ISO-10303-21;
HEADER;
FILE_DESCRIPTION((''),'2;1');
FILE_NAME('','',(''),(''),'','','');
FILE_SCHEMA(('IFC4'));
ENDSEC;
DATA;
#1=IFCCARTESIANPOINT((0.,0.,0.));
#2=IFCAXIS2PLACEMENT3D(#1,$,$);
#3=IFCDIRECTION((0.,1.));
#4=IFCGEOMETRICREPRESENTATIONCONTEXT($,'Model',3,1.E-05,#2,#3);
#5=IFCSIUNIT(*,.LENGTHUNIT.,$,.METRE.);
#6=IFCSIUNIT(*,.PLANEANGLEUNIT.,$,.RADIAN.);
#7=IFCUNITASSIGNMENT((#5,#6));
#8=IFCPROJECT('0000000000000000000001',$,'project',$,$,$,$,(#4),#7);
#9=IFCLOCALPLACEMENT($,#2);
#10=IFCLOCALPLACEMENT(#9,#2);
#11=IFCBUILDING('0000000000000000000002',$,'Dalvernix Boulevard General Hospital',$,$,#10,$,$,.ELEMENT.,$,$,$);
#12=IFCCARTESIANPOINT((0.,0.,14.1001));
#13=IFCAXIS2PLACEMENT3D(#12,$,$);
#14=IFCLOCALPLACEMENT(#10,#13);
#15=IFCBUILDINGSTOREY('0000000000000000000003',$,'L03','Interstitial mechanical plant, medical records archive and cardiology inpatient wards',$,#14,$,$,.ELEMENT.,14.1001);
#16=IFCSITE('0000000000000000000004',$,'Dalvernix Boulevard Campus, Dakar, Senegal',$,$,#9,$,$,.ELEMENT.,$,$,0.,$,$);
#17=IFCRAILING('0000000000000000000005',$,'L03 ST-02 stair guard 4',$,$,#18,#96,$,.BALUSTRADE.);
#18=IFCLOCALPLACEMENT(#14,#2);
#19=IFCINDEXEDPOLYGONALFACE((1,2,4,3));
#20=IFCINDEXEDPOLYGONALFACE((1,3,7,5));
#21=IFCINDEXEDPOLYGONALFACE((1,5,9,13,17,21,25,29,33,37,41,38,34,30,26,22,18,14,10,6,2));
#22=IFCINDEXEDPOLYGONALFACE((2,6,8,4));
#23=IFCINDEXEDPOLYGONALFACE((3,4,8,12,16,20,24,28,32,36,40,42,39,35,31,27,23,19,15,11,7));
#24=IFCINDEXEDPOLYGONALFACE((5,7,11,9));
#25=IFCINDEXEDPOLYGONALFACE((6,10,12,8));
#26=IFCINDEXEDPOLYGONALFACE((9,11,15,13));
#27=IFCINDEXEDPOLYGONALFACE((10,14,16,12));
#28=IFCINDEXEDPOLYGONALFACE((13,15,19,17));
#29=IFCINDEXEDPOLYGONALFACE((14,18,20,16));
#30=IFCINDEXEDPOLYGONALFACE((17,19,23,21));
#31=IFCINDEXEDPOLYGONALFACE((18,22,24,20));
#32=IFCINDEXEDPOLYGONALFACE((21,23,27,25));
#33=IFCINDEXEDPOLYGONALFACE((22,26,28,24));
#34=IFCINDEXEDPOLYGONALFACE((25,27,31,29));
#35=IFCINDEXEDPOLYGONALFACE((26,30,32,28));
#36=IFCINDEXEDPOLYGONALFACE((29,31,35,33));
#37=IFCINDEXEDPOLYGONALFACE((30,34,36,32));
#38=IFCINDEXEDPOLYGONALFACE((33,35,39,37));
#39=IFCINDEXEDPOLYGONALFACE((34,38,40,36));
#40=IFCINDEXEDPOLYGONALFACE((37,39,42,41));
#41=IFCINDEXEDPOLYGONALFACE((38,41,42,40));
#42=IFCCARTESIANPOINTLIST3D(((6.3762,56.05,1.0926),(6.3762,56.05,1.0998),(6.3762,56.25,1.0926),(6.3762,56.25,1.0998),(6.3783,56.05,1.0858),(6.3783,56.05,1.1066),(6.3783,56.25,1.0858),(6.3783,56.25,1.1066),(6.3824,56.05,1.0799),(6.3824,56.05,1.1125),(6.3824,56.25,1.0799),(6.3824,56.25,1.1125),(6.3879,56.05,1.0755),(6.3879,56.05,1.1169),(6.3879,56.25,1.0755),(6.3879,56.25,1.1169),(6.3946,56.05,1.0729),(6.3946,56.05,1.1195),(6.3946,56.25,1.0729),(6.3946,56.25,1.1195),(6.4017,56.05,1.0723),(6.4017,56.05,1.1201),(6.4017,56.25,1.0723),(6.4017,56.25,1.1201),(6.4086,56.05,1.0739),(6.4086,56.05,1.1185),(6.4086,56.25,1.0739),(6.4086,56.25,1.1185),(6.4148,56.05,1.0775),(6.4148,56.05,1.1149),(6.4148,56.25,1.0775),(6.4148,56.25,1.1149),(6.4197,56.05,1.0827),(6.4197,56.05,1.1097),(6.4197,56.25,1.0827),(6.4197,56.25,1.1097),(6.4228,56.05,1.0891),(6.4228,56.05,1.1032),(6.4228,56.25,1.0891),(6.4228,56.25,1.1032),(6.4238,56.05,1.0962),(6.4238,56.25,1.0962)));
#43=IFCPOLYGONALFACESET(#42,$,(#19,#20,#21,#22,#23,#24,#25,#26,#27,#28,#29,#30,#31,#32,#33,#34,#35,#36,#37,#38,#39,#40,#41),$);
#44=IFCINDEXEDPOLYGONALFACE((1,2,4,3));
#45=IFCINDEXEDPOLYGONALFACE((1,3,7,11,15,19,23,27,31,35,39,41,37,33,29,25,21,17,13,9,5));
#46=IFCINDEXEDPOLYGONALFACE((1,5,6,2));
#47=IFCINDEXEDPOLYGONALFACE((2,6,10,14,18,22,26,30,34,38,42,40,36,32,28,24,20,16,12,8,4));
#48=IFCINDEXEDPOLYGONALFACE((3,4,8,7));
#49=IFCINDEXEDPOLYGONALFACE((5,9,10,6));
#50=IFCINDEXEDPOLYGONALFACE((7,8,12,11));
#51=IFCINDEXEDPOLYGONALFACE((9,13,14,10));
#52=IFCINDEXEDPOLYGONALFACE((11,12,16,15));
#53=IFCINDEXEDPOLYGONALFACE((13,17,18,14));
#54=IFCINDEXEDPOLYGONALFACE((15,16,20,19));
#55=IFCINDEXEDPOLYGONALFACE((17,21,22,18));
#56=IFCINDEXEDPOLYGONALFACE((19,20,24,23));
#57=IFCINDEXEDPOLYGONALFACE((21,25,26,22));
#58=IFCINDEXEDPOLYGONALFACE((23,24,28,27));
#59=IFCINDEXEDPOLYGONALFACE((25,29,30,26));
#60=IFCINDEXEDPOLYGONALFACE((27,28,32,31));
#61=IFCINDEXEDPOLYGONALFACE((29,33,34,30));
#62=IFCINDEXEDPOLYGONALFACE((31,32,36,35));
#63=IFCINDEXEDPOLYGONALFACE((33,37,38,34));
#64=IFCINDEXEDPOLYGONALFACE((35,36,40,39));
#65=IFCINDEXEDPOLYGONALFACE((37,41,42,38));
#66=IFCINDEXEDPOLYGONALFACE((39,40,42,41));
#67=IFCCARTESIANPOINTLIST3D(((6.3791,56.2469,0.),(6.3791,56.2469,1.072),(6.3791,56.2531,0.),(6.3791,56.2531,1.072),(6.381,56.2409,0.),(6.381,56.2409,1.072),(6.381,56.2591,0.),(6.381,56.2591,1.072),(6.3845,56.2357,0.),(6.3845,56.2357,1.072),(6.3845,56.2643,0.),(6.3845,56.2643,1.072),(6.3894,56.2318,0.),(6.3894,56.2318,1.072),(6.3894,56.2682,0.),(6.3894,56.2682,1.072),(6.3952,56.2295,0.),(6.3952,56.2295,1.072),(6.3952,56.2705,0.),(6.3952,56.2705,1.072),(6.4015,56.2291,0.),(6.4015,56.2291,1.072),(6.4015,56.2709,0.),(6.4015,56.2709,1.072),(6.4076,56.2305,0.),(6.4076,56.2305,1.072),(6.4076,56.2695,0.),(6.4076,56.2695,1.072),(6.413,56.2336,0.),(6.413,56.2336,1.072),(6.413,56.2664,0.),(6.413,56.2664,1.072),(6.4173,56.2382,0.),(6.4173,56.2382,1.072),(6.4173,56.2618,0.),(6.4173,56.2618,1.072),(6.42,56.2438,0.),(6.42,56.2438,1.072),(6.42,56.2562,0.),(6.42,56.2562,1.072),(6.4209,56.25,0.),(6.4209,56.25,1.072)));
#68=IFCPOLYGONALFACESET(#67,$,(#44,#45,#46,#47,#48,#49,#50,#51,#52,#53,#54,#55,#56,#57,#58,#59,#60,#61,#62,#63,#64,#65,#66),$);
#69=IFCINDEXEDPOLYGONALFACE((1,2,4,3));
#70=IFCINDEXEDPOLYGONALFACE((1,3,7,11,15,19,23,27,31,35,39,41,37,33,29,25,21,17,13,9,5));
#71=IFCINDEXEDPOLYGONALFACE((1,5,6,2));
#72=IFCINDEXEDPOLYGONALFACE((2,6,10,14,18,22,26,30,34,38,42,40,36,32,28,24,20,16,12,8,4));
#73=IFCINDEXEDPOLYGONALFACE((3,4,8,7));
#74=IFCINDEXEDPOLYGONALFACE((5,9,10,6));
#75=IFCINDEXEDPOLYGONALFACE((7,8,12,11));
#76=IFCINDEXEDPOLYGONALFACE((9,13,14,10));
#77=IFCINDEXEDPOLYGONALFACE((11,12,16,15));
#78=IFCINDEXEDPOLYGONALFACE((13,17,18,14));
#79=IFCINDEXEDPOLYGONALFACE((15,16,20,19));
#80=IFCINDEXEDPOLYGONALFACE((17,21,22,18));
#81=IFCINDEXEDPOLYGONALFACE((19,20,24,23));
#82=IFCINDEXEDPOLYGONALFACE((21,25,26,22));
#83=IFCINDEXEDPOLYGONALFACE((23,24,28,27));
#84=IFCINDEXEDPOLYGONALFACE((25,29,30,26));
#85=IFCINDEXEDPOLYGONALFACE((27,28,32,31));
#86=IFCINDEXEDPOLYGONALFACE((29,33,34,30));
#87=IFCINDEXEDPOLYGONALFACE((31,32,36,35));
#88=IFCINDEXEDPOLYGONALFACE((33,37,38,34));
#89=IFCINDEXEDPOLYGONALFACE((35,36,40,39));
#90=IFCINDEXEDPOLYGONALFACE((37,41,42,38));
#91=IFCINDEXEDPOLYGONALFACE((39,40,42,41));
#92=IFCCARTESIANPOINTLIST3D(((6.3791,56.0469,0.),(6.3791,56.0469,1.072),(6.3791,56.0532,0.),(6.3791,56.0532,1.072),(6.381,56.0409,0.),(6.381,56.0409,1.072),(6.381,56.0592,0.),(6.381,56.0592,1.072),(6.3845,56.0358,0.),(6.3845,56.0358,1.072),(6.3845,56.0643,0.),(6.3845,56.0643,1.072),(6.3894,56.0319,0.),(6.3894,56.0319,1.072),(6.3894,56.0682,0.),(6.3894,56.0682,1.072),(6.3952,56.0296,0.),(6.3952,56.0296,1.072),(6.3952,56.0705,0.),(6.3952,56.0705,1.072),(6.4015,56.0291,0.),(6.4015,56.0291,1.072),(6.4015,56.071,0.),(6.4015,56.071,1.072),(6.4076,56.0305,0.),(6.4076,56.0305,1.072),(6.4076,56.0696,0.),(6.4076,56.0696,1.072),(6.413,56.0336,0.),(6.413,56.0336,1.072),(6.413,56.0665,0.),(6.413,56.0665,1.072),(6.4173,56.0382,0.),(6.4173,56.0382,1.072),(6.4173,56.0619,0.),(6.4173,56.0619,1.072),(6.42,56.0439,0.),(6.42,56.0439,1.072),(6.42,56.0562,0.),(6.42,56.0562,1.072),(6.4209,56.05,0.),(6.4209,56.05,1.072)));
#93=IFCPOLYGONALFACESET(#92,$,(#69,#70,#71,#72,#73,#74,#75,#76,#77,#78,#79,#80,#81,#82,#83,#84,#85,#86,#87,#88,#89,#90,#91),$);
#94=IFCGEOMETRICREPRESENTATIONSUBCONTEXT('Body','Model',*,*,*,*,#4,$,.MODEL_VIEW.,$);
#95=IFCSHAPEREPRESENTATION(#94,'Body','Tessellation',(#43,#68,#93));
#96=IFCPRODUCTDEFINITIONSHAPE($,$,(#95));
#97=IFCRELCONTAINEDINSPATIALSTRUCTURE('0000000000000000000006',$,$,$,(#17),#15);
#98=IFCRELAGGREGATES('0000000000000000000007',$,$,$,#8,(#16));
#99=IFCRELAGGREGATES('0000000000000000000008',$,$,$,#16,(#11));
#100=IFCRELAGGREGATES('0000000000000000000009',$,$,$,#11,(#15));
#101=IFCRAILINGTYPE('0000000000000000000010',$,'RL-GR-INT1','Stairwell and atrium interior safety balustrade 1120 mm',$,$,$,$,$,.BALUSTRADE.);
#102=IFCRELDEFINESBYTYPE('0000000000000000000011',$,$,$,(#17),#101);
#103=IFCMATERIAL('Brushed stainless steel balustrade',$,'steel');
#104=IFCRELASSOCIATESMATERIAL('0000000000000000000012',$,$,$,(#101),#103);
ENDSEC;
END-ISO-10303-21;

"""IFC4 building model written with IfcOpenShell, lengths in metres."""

from ifc_helpers import new_model, si_unit, direction, frame, origin, origin_2d, place, context, subcontext, project, spatial, circle, extrude, material, type_object, element, save


model = new_model("IFC4")

# Units and contexts
model_context = context("Model", 3, precision=1e-05, world=origin(), true_north=direction((0.0, 1.0)))
body_context = subcontext(model_context, "Body", "Model", "MODEL_VIEW")
ifc_project = project(units=[si_unit("LENGTHUNIT", "METRE"), si_unit("PLANEANGLEUNIT", "RADIAN")], contexts=[model_context])

# Site, building, storey
site_placement = place(None, origin())
site = spatial("IfcSite", under=ifc_project, at=site_placement, Name="Dalvernix Boulevard Campus, Dakar, Senegal", CompositionType="ELEMENT", RefElevation=0.0)
building_placement = place(site_placement, origin())
building = spatial("IfcBuilding", under=site, at=building_placement, Name="Dalvernix Boulevard General Hospital", CompositionType="ELEMENT")
storey_placement = place(building_placement, frame((0.0, 0.0, 14.1001)))
storey = spatial("IfcBuildingStorey", under=building, at=storey_placement, Name="L03", Description="Interstitial mechanical plant, medical records archive and cardiology inpatient wards", CompositionType="ELEMENT", Elevation=14.1001)

# Railing
ifc_material_1 = material(Name="Brushed stainless steel balustrade", Category="steel")
railing_type_1 = type_object("IfcRailingType", Name="RL-GR-INT1", Description="Stairwell and atrium interior safety balustrade 1120 mm", PredefinedType="BALUSTRADE", material=ifc_material_1)
railing_1_placement = place(storey_placement, frame((6.3999, 56.25, 0.0)))
element("IfcRailing", 1, at=railing_1_placement, inside=storey, type_object=railing_type_1, Name="L03 ST-02 stair guard 4", PredefinedType="BALUSTRADE", context=body_context, shape_type="SweptSolid", body=[
    extrude(circle(Radius=0.0239, at=origin_2d()), frame((0.0, 0.0, 1.0962), z_axis=(0.0, -1.0, 0.0), x_axis=(1.0, 0.0, 0.0)), (0.0, 0.0, 1.0), 0.2),
    extrude(circle(Radius=0.021, at=origin_2d()), origin(), (0.0, 0.0, 1.0), 1.072),
    extrude(circle(Radius=0.021, at=origin_2d()), frame((0.0, -0.2, 0.0)), (0.0, 0.0, 1.0), 1.072),
])

save(model, "model.ifc")
